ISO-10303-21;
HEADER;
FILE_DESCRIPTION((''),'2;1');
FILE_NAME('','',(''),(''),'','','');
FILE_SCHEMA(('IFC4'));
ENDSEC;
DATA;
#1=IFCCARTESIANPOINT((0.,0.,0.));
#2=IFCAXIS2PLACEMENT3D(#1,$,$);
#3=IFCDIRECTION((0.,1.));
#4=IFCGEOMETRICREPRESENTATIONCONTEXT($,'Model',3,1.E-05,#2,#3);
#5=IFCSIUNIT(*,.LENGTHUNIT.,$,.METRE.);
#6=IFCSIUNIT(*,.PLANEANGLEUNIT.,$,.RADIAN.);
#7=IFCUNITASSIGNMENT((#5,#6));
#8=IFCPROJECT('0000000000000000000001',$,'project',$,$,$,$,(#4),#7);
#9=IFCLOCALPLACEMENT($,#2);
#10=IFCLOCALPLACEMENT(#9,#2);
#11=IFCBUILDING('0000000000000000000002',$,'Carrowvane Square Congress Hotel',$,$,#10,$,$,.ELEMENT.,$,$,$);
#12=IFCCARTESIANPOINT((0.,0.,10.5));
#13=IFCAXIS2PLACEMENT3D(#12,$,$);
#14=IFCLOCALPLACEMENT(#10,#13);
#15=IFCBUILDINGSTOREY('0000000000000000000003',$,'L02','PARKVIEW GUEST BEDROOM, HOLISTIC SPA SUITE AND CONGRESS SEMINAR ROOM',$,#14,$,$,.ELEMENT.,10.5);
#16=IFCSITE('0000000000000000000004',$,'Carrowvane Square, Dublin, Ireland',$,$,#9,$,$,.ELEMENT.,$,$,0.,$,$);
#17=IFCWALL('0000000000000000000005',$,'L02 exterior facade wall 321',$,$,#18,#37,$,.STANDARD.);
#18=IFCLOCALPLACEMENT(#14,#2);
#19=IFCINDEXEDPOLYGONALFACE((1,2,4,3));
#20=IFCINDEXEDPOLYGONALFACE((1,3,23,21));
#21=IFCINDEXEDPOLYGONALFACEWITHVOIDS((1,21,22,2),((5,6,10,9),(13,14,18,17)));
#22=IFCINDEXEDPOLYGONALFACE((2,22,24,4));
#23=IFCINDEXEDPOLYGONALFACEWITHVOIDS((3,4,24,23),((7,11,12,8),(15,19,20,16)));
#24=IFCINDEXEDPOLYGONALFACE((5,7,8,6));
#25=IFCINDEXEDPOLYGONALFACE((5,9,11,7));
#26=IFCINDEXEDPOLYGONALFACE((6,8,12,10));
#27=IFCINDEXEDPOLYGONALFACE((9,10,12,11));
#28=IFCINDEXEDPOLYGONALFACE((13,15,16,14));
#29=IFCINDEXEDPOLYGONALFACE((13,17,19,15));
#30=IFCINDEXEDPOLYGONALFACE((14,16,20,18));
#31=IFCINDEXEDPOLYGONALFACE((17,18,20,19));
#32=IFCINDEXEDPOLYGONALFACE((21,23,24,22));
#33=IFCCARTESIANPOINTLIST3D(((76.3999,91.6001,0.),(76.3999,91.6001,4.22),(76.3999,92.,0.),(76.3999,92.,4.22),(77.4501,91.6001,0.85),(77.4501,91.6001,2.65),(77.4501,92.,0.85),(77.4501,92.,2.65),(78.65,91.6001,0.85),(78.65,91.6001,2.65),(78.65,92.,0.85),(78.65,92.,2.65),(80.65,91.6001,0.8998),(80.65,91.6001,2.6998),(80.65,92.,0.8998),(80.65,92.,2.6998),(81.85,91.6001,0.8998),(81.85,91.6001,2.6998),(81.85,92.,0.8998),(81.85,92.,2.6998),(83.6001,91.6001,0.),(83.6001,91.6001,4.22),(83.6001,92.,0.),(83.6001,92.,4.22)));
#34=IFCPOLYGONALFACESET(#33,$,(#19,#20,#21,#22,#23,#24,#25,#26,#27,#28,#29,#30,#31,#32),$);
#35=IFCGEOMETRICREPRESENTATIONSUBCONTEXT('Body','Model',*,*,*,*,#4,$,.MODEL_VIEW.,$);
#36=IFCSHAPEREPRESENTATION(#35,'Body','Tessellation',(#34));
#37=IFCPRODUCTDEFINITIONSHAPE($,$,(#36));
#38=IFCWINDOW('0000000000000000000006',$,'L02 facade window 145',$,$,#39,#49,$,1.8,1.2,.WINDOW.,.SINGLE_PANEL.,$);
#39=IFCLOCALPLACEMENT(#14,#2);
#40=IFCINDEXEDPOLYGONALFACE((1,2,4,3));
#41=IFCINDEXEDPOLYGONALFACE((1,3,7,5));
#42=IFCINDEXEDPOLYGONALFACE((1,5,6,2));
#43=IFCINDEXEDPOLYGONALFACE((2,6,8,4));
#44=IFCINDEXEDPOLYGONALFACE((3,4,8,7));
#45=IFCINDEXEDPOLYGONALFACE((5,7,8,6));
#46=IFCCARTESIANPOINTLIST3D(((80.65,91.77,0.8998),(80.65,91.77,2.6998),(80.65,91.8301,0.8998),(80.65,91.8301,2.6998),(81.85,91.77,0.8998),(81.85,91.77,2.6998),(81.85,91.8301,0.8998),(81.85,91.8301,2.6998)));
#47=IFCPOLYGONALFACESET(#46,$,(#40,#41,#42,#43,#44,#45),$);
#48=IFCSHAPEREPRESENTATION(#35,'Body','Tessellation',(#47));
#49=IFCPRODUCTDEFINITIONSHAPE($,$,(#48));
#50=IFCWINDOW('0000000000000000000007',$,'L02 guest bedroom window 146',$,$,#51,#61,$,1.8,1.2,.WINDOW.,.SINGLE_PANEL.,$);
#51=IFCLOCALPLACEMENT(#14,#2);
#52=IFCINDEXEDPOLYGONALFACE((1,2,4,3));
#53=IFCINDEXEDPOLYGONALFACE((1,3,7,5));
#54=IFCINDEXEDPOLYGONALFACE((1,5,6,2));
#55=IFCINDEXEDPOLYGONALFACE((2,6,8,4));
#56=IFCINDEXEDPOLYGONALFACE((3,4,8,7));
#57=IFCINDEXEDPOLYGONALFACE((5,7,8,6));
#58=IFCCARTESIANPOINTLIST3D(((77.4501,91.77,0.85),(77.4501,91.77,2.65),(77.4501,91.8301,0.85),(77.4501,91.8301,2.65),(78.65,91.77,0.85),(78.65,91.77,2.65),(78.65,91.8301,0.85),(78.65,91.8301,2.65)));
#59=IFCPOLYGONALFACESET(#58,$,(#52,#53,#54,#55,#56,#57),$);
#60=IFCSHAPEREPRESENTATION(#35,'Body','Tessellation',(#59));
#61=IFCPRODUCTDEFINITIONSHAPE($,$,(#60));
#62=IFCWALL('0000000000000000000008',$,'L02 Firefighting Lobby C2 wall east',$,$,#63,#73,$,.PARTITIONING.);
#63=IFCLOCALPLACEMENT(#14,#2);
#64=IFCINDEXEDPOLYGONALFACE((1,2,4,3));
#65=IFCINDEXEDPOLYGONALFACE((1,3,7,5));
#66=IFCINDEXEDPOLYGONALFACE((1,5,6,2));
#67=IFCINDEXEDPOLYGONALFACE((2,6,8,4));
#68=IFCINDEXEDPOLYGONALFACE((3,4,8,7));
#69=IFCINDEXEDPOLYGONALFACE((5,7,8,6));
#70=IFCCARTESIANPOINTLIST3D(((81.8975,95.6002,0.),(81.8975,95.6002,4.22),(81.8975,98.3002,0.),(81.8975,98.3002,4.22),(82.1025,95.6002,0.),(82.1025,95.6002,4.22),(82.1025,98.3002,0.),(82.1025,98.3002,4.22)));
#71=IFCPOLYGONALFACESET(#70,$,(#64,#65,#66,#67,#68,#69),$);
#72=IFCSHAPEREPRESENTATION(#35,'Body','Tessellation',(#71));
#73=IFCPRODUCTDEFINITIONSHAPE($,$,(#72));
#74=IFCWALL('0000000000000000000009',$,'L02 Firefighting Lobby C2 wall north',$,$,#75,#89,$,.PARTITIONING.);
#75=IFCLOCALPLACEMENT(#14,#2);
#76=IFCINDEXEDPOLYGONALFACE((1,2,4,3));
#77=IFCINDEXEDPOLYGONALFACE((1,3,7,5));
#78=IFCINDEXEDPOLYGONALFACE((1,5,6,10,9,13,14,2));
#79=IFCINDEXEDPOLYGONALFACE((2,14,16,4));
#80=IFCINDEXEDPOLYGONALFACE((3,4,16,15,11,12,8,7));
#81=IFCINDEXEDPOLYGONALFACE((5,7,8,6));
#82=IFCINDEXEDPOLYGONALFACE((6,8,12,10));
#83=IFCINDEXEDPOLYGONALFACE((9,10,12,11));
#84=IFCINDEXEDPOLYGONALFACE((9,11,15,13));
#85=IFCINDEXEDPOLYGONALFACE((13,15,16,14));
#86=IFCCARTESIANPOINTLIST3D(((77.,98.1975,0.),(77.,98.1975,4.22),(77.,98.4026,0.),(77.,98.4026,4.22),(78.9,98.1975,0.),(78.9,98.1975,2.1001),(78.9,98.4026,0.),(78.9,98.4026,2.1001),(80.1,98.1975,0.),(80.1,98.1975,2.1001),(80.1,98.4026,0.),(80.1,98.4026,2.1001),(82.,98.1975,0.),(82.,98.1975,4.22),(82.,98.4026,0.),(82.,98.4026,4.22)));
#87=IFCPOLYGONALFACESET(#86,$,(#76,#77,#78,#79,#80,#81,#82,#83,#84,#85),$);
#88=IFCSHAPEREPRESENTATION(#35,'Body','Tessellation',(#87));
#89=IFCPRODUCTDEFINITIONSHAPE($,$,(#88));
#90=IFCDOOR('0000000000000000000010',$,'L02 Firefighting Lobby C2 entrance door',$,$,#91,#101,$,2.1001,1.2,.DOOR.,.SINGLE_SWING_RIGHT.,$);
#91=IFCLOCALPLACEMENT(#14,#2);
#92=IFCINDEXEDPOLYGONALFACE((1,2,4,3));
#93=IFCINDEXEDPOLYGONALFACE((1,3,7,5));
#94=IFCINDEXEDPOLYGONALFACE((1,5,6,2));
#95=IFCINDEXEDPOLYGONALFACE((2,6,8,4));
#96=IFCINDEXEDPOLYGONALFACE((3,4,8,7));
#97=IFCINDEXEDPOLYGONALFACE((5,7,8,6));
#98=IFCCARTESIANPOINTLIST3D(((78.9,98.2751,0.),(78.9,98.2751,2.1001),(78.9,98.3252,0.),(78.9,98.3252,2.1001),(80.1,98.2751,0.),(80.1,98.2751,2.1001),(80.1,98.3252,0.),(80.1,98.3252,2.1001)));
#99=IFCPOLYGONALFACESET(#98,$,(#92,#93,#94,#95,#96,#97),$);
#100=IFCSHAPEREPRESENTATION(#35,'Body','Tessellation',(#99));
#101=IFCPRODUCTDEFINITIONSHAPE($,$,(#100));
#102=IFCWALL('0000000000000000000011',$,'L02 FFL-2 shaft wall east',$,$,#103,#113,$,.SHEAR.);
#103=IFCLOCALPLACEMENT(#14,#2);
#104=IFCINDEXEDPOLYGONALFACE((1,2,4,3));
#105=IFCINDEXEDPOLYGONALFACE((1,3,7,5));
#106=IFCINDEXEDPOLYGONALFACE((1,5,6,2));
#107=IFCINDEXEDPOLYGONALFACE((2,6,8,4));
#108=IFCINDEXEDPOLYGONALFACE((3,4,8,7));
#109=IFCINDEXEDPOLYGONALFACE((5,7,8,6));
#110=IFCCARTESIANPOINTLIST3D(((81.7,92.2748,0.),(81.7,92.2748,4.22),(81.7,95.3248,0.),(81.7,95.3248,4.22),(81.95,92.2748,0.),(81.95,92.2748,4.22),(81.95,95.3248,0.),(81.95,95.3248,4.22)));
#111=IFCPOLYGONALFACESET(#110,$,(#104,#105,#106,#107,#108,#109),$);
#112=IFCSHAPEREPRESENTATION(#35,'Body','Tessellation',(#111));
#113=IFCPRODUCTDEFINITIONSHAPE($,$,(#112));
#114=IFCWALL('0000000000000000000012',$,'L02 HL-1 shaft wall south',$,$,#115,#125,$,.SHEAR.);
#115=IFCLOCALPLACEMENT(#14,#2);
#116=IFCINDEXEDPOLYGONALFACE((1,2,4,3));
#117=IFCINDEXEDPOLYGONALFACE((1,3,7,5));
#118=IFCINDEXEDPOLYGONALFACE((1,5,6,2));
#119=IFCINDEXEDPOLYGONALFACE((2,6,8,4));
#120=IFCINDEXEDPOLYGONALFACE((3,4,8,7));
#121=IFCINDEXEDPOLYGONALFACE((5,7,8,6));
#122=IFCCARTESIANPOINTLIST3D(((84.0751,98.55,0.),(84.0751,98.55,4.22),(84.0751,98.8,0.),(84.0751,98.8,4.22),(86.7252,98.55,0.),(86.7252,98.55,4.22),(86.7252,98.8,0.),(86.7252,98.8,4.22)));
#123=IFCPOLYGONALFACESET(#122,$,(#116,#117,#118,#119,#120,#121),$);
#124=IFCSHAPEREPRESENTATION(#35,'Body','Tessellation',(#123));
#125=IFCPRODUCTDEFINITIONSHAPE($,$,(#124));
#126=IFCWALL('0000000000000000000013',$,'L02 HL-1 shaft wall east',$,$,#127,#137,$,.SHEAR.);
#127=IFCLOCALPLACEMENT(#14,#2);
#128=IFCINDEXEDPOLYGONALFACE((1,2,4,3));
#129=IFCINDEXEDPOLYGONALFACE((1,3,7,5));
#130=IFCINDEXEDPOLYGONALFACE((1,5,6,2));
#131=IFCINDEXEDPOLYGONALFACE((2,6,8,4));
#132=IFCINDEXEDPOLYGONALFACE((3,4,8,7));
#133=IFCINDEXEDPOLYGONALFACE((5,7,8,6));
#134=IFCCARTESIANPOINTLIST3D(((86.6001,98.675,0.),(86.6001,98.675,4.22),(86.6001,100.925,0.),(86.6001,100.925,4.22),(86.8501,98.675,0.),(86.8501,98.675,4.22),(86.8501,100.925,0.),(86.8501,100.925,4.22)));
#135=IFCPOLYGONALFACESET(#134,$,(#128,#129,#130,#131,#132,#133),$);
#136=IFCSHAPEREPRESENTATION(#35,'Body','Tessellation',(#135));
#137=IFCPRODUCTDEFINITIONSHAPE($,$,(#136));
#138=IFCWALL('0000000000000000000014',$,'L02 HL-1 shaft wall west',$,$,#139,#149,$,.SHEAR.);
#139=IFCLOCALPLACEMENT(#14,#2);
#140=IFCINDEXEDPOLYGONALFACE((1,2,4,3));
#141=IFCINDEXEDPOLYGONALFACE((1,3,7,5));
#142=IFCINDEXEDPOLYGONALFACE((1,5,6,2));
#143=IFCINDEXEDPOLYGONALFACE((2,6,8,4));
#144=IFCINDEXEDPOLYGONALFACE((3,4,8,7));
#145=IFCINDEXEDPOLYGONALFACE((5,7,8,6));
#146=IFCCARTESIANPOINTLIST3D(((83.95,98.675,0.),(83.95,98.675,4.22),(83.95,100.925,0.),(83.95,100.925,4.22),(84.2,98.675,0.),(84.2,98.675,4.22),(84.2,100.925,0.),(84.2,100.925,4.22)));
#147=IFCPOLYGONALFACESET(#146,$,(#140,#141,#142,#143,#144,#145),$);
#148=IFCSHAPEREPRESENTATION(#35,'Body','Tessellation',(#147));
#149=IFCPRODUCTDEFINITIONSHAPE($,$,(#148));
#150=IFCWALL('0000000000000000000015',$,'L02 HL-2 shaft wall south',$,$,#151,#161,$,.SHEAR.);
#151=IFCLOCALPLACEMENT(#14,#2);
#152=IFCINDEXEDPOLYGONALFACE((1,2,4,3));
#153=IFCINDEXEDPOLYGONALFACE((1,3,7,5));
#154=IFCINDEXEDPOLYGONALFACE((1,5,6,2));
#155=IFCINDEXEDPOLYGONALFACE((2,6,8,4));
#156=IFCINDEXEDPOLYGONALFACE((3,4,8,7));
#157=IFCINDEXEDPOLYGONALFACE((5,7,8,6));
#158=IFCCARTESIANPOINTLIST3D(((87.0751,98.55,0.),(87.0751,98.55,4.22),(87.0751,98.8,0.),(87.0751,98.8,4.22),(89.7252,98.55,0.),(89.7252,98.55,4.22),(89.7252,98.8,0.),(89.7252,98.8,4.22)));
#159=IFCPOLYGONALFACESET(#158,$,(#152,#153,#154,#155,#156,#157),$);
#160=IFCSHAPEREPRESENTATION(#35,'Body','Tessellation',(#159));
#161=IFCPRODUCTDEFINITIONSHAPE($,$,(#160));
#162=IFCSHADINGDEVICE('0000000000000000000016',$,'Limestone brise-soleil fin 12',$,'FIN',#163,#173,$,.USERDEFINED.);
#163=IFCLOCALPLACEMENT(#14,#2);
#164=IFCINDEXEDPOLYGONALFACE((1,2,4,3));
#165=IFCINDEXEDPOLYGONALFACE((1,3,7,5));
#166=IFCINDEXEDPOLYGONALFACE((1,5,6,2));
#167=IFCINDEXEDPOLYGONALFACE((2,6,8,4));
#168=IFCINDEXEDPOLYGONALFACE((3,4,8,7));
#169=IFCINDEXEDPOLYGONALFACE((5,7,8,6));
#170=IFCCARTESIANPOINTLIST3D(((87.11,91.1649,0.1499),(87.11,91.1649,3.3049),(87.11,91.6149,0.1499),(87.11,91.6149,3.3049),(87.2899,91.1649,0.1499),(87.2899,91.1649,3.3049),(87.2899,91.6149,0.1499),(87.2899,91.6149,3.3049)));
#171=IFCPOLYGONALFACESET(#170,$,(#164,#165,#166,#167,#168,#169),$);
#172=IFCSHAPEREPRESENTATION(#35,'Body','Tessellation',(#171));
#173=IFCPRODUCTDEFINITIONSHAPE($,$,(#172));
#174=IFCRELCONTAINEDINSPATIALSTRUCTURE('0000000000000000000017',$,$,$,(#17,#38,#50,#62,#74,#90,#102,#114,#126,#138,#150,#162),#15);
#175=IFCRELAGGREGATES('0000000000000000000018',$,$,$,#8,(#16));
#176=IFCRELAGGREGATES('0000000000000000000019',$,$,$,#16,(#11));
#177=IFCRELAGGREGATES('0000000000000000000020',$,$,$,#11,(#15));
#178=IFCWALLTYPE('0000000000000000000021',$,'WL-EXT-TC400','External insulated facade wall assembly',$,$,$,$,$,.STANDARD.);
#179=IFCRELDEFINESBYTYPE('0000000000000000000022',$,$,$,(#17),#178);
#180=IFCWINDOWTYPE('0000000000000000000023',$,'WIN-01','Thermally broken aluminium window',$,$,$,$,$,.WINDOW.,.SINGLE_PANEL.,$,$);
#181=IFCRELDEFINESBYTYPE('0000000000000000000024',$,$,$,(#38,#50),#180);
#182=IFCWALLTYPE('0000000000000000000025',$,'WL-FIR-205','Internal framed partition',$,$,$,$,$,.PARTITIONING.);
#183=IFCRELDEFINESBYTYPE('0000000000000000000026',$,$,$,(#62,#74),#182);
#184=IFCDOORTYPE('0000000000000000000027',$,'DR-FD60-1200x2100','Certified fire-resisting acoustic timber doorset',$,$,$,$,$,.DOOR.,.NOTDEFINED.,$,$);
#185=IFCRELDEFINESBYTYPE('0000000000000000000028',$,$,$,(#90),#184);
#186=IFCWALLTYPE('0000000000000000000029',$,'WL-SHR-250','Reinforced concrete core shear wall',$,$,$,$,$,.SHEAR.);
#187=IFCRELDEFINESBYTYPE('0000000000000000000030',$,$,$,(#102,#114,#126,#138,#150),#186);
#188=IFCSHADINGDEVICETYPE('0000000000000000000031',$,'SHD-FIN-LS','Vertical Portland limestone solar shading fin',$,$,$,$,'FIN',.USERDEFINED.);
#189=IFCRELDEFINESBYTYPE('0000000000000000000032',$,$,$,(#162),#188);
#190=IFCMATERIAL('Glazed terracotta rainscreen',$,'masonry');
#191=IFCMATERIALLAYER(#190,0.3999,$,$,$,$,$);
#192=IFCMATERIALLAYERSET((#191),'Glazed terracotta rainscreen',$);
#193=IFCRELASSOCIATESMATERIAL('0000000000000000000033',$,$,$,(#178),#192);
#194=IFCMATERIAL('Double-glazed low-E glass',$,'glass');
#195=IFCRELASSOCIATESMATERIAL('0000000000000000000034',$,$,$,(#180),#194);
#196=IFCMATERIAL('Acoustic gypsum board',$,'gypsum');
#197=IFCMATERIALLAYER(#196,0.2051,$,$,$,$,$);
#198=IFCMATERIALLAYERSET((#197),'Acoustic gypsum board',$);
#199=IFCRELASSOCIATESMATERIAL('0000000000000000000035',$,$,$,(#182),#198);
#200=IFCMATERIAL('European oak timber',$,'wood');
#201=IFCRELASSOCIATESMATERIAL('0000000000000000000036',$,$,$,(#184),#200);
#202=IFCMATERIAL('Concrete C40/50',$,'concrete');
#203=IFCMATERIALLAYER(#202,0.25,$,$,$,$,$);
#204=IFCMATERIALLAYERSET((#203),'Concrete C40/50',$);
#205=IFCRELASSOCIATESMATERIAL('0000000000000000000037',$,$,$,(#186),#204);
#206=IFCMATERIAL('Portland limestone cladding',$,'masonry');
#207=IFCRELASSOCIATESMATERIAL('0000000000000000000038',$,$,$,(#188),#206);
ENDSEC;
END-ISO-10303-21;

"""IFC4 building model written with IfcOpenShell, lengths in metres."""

from ifc_helpers import new_model, si_unit, direction, frame, frame_2d, origin, origin_2d, place, context, subcontext, project, spatial, rectangle, extrude, material, layer, layer_set, type_object, element, fill, save


model = new_model("IFC4")

# Units and contexts
model_context = context("Model", 3, precision=1e-05, world=origin(), true_north=direction((0.0, 1.0)))
body_context = subcontext(model_context, "Body", "Model", "MODEL_VIEW")
ifc_project = project(units=[si_unit("LENGTHUNIT", "METRE"), si_unit("PLANEANGLEUNIT", "RADIAN")], contexts=[model_context])

# Site, building, storey
site_placement = place(None, origin())
site = spatial("IfcSite", under=ifc_project, at=site_placement, Name="Carrowvane Square, Dublin, Ireland", CompositionType="ELEMENT", RefElevation=0.0)
building_placement = place(site_placement, origin())
building = spatial("IfcBuilding", under=site, at=building_placement, Name="Carrowvane Square Congress Hotel", CompositionType="ELEMENT")
storey_placement = place(building_placement, frame((0.0, 0.0, 10.5)))
storey = spatial("IfcBuildingStorey", under=building, at=storey_placement, Name="L02", Description="PARKVIEW GUEST BEDROOM, HOLISTIC SPA SUITE AND CONGRESS SEMINAR ROOM", CompositionType="ELEMENT", Elevation=10.5)

# Wall, openings, windows
ifc_material_1 = material(Name="Glazed terracotta rainscreen", Category="masonry")
ifc_layer_1 = layer(ifc_material_1, 0.3999)
ifc_layer_set_1 = layer_set([ifc_layer_1], Name="Glazed terracotta rainscreen")
wall_type_1 = type_object("IfcWallType", Name="WL-EXT-TC400", Description="External insulated facade wall assembly", PredefinedType="STANDARD", material=ifc_layer_set_1)
wall_1_placement = place(storey_placement, frame((83.6001, 91.8, 0.0), z_axis=(0.0, 0.0, 1.0), x_axis=(-1.0, 0.0, 0.0)))
wall_1 = element("IfcWall", 1, at=wall_1_placement, inside=storey, type_object=wall_type_1, Name="L02 exterior facade wall 321", PredefinedType="STANDARD", context=body_context, shape_type="SweptSolid", body=[
    extrude(rectangle(XDim=7.2002, YDim=0.3999, at=frame_2d((3.6001, 0.0))), origin(), (0.0, 0.0, 1.0), 4.22),
])
opening_1_placement = place(wall_1_placement, frame((1.75, 0.0, 0.8999)))
opening_1 = element("IfcOpeningElement", 2, at=opening_1_placement, cuts=wall_1, PredefinedType="OPENING", context=body_context, shape_type="SweptSolid", body=[
    extrude(rectangle(XDim=1.2, YDim=1.8, at=frame_2d((0.6001, 0.8999))), frame((0.0, 0.21, 0.0), z_axis=(0.0, -1.0, 0.0), x_axis=(1.0, 0.0, 0.0)), (0.0, 0.0, 1.0), 0.4199),
])
opening_2_placement = place(wall_1_placement, frame((4.95, 0.0, 0.8501)))
opening_2 = element("IfcOpeningElement", 3, at=opening_2_placement, cuts=wall_1, PredefinedType="OPENING", context=body_context, shape_type="SweptSolid", body=[
    extrude(rectangle(XDim=1.2, YDim=1.8, at=frame_2d((0.6001, 0.8999))), frame((0.0, 0.21, 0.0), z_axis=(0.0, -1.0, 0.0), x_axis=(1.0, 0.0, 0.0)), (0.0, 0.0, 1.0), 0.4199),
])
ifc_material_2 = material(Name="Double-glazed low-E glass", Category="glass")
window_type = type_object("IfcWindowType", Name="WIN-01", Description="Thermally broken aluminium window", PartitioningType="SINGLE_PANEL", PredefinedType="WINDOW", material=ifc_material_2)
window_1_placement = place(opening_1_placement, origin())
window_1 = element("IfcWindow", 4, at=window_1_placement, inside=storey, type_object=window_type, Name="L02 facade window 145", OverallHeight=1.8, OverallWidth=1.2, PartitioningType="SINGLE_PANEL", PredefinedType="WINDOW", context=body_context, shape_type="SweptSolid", body=[
    extrude(rectangle(XDim=1.2, YDim=1.8, at=frame_2d((0.6001, 0.8999))), frame((0.0, 0.03, 0.0), z_axis=(0.0, -1.0, 0.0), x_axis=(1.0, 0.0, 0.0)), (0.0, 0.0, 1.0), 0.0601),
])
fill(opening_1, window_1)
window_2_placement = place(opening_2_placement, origin())
window_2 = element("IfcWindow", 5, at=window_2_placement, inside=storey, type_object=window_type, Name="L02 guest bedroom window 146", OverallHeight=1.8, OverallWidth=1.2, PartitioningType="SINGLE_PANEL", PredefinedType="WINDOW", context=body_context, shape_type="SweptSolid", body=[
    extrude(rectangle(XDim=1.2, YDim=1.8, at=frame_2d((0.6001, 0.8999))), frame((0.0, 0.03, 0.0), z_axis=(0.0, -1.0, 0.0), x_axis=(1.0, 0.0, 0.0)), (0.0, 0.0, 1.0), 0.0601),
])
fill(opening_2, window_2)

# Wall
ifc_material_3 = material(Name="Acoustic gypsum board", Category="gypsum")
ifc_layer_2 = layer(ifc_material_3, 0.2051)
ifc_layer_set_2 = layer_set([ifc_layer_2], Name="Acoustic gypsum board")
wall_type_2 = type_object("IfcWallType", Name="WL-FIR-205", Description="Internal framed partition", PredefinedType="PARTITIONING", material=ifc_layer_set_2)
wall_2_placement = place(storey_placement, frame((82.0, 95.6001, 0.0), z_axis=(0.0, 0.0, 1.0), x_axis=(0.0, 1.0, 0.0)))
element("IfcWall", 6, at=wall_2_placement, inside=storey, type_object=wall_type_2, Name="L02 Firefighting Lobby C2 wall east", PredefinedType="PARTITIONING", context=body_context, shape_type="SweptSolid", body=[
    extrude(rectangle(XDim=2.7, YDim=0.2051, at=frame_2d((1.3501, 0.0))), origin(), (0.0, 0.0, 1.0), 4.22),
])

# Wall, opening, door
wall_3_placement = place(storey_placement, frame((82.0, 98.3, 0.0), z_axis=(0.0, 0.0, 1.0), x_axis=(-1.0, 0.0, 0.0)))
wall_3 = element("IfcWall", 7, at=wall_3_placement, inside=storey, type_object=wall_type_2, Name="L02 Firefighting Lobby C2 wall north", PredefinedType="PARTITIONING", context=body_context, shape_type="SweptSolid", body=[
    extrude(rectangle(XDim=5.0, YDim=0.2051, at=frame_2d((2.5, 0.0))), origin(), (0.0, 0.0, 1.0), 4.22),
])
opening_3_placement = place(wall_3_placement, frame((1.8999, 0.0, 0.0)))
opening_3 = element("IfcOpeningElement", 8, at=opening_3_placement, cuts=wall_3, PredefinedType="OPENING", context=body_context, shape_type="SweptSolid", body=[
    extrude(rectangle(XDim=1.2, YDim=2.1001, at=frame_2d((0.6001, 1.05))), frame((0.0, 0.1125, 0.0), z_axis=(0.0, -1.0, 0.0), x_axis=(1.0, 0.0, 0.0)), (0.0, 0.0, 1.0), 0.2251),
])
ifc_material_4 = material(Name="European oak timber", Category="wood")
door_type_1 = type_object("IfcDoorType", Name="DR-FD60-1200x2100", Description="Certified fire-resisting acoustic timber doorset", OperationType="NOTDEFINED", PredefinedType="DOOR", material=ifc_material_4)
door_1_placement = place(opening_3_placement, origin())
door_1 = element("IfcDoor", 9, at=door_1_placement, inside=storey, type_object=door_type_1, Name="L02 Firefighting Lobby C2 entrance door", OperationType="SINGLE_SWING_RIGHT", OverallHeight=2.1001, OverallWidth=1.2, PredefinedType="DOOR", context=body_context, shape_type="SweptSolid", body=[
    extrude(rectangle(XDim=1.2, YDim=2.1001, at=frame_2d((0.6001, 1.05))), frame((0.0, 0.0249, 0.0), z_axis=(0.0, -1.0, 0.0), x_axis=(1.0, 0.0, 0.0)), (0.0, 0.0, 1.0), 0.05),
])
fill(opening_3, door_1)

# Wall
ifc_material_5 = material(Name="Concrete C40/50", Category="concrete")
ifc_layer_3 = layer(ifc_material_5, 0.25)
ifc_layer_set_3 = layer_set([ifc_layer_3], Name="Concrete C40/50")
wall_type_3 = type_object("IfcWallType", Name="WL-SHR-250", Description="Reinforced concrete core shear wall", PredefinedType="SHEAR", material=ifc_layer_set_3)
wall_4_placement = place(storey_placement, frame((81.825, 92.2749, 0.0), z_axis=(0.0, 0.0, 1.0), x_axis=(0.0, 1.0, 0.0)))
element("IfcWall", 10, at=wall_4_placement, inside=storey, type_object=wall_type_3, Name="L02 FFL-2 shaft wall east", PredefinedType="SHEAR", context=body_context, shape_type="SweptSolid", body=[
    extrude(rectangle(XDim=3.05, YDim=0.25, at=frame_2d((1.5249, 0.0))), origin(), (0.0, 0.0, 1.0), 4.22),
])

# Walls
wall_5_placement = place(storey_placement, frame((84.075, 98.675, 0.0), z_axis=(0.0, 0.0, 1.0), x_axis=(1.0, 0.0, 0.0)))
element("IfcWall", 11, at=wall_5_placement, inside=storey, type_object=wall_type_3, Name="L02 HL-1 shaft wall south", PredefinedType="SHEAR", context=body_context, shape_type="SweptSolid", body=[
    extrude(rectangle(XDim=2.6501, YDim=0.25, at=frame_2d((1.3252, 0.0))), origin(), (0.0, 0.0, 1.0), 4.22),
])
for number, where, z_axis, x_axis, name in (
    (12, (86.7251, 98.675, 0.0), (0.0, 0.0, 1.0), (0.0, 1.0, 0.0), "L02 HL-1 shaft wall east"),
    (13, (84.075, 100.925, 0.0), (0.0, 0.0, 1.0), (0.0, -1.0, 0.0), "L02 HL-1 shaft wall west"),
):
    element("IfcWall", number, at=place(storey_placement, frame(where, z_axis=z_axis, x_axis=x_axis)), inside=storey, type_object=wall_type_3, Name=name, PredefinedType="SHEAR", context=body_context, shape_type="SweptSolid", body=[
        extrude(rectangle(XDim=2.25, YDim=0.25, at=frame_2d((1.125, 0.0))), origin(), (0.0, 0.0, 1.0), 4.22),
    ])
wall_6_placement = place(storey_placement, frame((87.075, 98.675, 0.0), z_axis=(0.0, 0.0, 1.0), x_axis=(1.0, 0.0, 0.0)))
element("IfcWall", 14, at=wall_6_placement, inside=storey, type_object=wall_type_3, Name="L02 HL-2 shaft wall south", PredefinedType="SHEAR", context=body_context, shape_type="SweptSolid", body=[
    extrude(rectangle(XDim=2.6501, YDim=0.25, at=frame_2d((1.3252, 0.0))), origin(), (0.0, 0.0, 1.0), 4.22),
])

# Shading device
ifc_material_6 = material(Name="Portland limestone cladding", Category="masonry")
shading_device_type = type_object("IfcShadingDeviceType", Name="SHD-FIN-LS", Description="Vertical Portland limestone solar shading fin", ElementType="FIN", PredefinedType="USERDEFINED", material=ifc_material_6)
shading_device_placement = place(storey_placement, frame((87.2, 91.3899, 0.1499), z_axis=(0.0, 0.0, 1.0), x_axis=(-1.0, 0.0, 0.0)))
element("IfcShadingDevice", 15, at=shading_device_placement, inside=storey, type_object=shading_device_type, Name="Limestone brise-soleil fin 12", ObjectType="FIN", PredefinedType="USERDEFINED", context=body_context, shape_type="SweptSolid", body=[
    extrude(rectangle(XDim=0.1799, YDim=0.45, at=origin_2d()), origin(), (0.0, 0.0, 1.0), 3.155),
])

save(model, "model.ifc")
